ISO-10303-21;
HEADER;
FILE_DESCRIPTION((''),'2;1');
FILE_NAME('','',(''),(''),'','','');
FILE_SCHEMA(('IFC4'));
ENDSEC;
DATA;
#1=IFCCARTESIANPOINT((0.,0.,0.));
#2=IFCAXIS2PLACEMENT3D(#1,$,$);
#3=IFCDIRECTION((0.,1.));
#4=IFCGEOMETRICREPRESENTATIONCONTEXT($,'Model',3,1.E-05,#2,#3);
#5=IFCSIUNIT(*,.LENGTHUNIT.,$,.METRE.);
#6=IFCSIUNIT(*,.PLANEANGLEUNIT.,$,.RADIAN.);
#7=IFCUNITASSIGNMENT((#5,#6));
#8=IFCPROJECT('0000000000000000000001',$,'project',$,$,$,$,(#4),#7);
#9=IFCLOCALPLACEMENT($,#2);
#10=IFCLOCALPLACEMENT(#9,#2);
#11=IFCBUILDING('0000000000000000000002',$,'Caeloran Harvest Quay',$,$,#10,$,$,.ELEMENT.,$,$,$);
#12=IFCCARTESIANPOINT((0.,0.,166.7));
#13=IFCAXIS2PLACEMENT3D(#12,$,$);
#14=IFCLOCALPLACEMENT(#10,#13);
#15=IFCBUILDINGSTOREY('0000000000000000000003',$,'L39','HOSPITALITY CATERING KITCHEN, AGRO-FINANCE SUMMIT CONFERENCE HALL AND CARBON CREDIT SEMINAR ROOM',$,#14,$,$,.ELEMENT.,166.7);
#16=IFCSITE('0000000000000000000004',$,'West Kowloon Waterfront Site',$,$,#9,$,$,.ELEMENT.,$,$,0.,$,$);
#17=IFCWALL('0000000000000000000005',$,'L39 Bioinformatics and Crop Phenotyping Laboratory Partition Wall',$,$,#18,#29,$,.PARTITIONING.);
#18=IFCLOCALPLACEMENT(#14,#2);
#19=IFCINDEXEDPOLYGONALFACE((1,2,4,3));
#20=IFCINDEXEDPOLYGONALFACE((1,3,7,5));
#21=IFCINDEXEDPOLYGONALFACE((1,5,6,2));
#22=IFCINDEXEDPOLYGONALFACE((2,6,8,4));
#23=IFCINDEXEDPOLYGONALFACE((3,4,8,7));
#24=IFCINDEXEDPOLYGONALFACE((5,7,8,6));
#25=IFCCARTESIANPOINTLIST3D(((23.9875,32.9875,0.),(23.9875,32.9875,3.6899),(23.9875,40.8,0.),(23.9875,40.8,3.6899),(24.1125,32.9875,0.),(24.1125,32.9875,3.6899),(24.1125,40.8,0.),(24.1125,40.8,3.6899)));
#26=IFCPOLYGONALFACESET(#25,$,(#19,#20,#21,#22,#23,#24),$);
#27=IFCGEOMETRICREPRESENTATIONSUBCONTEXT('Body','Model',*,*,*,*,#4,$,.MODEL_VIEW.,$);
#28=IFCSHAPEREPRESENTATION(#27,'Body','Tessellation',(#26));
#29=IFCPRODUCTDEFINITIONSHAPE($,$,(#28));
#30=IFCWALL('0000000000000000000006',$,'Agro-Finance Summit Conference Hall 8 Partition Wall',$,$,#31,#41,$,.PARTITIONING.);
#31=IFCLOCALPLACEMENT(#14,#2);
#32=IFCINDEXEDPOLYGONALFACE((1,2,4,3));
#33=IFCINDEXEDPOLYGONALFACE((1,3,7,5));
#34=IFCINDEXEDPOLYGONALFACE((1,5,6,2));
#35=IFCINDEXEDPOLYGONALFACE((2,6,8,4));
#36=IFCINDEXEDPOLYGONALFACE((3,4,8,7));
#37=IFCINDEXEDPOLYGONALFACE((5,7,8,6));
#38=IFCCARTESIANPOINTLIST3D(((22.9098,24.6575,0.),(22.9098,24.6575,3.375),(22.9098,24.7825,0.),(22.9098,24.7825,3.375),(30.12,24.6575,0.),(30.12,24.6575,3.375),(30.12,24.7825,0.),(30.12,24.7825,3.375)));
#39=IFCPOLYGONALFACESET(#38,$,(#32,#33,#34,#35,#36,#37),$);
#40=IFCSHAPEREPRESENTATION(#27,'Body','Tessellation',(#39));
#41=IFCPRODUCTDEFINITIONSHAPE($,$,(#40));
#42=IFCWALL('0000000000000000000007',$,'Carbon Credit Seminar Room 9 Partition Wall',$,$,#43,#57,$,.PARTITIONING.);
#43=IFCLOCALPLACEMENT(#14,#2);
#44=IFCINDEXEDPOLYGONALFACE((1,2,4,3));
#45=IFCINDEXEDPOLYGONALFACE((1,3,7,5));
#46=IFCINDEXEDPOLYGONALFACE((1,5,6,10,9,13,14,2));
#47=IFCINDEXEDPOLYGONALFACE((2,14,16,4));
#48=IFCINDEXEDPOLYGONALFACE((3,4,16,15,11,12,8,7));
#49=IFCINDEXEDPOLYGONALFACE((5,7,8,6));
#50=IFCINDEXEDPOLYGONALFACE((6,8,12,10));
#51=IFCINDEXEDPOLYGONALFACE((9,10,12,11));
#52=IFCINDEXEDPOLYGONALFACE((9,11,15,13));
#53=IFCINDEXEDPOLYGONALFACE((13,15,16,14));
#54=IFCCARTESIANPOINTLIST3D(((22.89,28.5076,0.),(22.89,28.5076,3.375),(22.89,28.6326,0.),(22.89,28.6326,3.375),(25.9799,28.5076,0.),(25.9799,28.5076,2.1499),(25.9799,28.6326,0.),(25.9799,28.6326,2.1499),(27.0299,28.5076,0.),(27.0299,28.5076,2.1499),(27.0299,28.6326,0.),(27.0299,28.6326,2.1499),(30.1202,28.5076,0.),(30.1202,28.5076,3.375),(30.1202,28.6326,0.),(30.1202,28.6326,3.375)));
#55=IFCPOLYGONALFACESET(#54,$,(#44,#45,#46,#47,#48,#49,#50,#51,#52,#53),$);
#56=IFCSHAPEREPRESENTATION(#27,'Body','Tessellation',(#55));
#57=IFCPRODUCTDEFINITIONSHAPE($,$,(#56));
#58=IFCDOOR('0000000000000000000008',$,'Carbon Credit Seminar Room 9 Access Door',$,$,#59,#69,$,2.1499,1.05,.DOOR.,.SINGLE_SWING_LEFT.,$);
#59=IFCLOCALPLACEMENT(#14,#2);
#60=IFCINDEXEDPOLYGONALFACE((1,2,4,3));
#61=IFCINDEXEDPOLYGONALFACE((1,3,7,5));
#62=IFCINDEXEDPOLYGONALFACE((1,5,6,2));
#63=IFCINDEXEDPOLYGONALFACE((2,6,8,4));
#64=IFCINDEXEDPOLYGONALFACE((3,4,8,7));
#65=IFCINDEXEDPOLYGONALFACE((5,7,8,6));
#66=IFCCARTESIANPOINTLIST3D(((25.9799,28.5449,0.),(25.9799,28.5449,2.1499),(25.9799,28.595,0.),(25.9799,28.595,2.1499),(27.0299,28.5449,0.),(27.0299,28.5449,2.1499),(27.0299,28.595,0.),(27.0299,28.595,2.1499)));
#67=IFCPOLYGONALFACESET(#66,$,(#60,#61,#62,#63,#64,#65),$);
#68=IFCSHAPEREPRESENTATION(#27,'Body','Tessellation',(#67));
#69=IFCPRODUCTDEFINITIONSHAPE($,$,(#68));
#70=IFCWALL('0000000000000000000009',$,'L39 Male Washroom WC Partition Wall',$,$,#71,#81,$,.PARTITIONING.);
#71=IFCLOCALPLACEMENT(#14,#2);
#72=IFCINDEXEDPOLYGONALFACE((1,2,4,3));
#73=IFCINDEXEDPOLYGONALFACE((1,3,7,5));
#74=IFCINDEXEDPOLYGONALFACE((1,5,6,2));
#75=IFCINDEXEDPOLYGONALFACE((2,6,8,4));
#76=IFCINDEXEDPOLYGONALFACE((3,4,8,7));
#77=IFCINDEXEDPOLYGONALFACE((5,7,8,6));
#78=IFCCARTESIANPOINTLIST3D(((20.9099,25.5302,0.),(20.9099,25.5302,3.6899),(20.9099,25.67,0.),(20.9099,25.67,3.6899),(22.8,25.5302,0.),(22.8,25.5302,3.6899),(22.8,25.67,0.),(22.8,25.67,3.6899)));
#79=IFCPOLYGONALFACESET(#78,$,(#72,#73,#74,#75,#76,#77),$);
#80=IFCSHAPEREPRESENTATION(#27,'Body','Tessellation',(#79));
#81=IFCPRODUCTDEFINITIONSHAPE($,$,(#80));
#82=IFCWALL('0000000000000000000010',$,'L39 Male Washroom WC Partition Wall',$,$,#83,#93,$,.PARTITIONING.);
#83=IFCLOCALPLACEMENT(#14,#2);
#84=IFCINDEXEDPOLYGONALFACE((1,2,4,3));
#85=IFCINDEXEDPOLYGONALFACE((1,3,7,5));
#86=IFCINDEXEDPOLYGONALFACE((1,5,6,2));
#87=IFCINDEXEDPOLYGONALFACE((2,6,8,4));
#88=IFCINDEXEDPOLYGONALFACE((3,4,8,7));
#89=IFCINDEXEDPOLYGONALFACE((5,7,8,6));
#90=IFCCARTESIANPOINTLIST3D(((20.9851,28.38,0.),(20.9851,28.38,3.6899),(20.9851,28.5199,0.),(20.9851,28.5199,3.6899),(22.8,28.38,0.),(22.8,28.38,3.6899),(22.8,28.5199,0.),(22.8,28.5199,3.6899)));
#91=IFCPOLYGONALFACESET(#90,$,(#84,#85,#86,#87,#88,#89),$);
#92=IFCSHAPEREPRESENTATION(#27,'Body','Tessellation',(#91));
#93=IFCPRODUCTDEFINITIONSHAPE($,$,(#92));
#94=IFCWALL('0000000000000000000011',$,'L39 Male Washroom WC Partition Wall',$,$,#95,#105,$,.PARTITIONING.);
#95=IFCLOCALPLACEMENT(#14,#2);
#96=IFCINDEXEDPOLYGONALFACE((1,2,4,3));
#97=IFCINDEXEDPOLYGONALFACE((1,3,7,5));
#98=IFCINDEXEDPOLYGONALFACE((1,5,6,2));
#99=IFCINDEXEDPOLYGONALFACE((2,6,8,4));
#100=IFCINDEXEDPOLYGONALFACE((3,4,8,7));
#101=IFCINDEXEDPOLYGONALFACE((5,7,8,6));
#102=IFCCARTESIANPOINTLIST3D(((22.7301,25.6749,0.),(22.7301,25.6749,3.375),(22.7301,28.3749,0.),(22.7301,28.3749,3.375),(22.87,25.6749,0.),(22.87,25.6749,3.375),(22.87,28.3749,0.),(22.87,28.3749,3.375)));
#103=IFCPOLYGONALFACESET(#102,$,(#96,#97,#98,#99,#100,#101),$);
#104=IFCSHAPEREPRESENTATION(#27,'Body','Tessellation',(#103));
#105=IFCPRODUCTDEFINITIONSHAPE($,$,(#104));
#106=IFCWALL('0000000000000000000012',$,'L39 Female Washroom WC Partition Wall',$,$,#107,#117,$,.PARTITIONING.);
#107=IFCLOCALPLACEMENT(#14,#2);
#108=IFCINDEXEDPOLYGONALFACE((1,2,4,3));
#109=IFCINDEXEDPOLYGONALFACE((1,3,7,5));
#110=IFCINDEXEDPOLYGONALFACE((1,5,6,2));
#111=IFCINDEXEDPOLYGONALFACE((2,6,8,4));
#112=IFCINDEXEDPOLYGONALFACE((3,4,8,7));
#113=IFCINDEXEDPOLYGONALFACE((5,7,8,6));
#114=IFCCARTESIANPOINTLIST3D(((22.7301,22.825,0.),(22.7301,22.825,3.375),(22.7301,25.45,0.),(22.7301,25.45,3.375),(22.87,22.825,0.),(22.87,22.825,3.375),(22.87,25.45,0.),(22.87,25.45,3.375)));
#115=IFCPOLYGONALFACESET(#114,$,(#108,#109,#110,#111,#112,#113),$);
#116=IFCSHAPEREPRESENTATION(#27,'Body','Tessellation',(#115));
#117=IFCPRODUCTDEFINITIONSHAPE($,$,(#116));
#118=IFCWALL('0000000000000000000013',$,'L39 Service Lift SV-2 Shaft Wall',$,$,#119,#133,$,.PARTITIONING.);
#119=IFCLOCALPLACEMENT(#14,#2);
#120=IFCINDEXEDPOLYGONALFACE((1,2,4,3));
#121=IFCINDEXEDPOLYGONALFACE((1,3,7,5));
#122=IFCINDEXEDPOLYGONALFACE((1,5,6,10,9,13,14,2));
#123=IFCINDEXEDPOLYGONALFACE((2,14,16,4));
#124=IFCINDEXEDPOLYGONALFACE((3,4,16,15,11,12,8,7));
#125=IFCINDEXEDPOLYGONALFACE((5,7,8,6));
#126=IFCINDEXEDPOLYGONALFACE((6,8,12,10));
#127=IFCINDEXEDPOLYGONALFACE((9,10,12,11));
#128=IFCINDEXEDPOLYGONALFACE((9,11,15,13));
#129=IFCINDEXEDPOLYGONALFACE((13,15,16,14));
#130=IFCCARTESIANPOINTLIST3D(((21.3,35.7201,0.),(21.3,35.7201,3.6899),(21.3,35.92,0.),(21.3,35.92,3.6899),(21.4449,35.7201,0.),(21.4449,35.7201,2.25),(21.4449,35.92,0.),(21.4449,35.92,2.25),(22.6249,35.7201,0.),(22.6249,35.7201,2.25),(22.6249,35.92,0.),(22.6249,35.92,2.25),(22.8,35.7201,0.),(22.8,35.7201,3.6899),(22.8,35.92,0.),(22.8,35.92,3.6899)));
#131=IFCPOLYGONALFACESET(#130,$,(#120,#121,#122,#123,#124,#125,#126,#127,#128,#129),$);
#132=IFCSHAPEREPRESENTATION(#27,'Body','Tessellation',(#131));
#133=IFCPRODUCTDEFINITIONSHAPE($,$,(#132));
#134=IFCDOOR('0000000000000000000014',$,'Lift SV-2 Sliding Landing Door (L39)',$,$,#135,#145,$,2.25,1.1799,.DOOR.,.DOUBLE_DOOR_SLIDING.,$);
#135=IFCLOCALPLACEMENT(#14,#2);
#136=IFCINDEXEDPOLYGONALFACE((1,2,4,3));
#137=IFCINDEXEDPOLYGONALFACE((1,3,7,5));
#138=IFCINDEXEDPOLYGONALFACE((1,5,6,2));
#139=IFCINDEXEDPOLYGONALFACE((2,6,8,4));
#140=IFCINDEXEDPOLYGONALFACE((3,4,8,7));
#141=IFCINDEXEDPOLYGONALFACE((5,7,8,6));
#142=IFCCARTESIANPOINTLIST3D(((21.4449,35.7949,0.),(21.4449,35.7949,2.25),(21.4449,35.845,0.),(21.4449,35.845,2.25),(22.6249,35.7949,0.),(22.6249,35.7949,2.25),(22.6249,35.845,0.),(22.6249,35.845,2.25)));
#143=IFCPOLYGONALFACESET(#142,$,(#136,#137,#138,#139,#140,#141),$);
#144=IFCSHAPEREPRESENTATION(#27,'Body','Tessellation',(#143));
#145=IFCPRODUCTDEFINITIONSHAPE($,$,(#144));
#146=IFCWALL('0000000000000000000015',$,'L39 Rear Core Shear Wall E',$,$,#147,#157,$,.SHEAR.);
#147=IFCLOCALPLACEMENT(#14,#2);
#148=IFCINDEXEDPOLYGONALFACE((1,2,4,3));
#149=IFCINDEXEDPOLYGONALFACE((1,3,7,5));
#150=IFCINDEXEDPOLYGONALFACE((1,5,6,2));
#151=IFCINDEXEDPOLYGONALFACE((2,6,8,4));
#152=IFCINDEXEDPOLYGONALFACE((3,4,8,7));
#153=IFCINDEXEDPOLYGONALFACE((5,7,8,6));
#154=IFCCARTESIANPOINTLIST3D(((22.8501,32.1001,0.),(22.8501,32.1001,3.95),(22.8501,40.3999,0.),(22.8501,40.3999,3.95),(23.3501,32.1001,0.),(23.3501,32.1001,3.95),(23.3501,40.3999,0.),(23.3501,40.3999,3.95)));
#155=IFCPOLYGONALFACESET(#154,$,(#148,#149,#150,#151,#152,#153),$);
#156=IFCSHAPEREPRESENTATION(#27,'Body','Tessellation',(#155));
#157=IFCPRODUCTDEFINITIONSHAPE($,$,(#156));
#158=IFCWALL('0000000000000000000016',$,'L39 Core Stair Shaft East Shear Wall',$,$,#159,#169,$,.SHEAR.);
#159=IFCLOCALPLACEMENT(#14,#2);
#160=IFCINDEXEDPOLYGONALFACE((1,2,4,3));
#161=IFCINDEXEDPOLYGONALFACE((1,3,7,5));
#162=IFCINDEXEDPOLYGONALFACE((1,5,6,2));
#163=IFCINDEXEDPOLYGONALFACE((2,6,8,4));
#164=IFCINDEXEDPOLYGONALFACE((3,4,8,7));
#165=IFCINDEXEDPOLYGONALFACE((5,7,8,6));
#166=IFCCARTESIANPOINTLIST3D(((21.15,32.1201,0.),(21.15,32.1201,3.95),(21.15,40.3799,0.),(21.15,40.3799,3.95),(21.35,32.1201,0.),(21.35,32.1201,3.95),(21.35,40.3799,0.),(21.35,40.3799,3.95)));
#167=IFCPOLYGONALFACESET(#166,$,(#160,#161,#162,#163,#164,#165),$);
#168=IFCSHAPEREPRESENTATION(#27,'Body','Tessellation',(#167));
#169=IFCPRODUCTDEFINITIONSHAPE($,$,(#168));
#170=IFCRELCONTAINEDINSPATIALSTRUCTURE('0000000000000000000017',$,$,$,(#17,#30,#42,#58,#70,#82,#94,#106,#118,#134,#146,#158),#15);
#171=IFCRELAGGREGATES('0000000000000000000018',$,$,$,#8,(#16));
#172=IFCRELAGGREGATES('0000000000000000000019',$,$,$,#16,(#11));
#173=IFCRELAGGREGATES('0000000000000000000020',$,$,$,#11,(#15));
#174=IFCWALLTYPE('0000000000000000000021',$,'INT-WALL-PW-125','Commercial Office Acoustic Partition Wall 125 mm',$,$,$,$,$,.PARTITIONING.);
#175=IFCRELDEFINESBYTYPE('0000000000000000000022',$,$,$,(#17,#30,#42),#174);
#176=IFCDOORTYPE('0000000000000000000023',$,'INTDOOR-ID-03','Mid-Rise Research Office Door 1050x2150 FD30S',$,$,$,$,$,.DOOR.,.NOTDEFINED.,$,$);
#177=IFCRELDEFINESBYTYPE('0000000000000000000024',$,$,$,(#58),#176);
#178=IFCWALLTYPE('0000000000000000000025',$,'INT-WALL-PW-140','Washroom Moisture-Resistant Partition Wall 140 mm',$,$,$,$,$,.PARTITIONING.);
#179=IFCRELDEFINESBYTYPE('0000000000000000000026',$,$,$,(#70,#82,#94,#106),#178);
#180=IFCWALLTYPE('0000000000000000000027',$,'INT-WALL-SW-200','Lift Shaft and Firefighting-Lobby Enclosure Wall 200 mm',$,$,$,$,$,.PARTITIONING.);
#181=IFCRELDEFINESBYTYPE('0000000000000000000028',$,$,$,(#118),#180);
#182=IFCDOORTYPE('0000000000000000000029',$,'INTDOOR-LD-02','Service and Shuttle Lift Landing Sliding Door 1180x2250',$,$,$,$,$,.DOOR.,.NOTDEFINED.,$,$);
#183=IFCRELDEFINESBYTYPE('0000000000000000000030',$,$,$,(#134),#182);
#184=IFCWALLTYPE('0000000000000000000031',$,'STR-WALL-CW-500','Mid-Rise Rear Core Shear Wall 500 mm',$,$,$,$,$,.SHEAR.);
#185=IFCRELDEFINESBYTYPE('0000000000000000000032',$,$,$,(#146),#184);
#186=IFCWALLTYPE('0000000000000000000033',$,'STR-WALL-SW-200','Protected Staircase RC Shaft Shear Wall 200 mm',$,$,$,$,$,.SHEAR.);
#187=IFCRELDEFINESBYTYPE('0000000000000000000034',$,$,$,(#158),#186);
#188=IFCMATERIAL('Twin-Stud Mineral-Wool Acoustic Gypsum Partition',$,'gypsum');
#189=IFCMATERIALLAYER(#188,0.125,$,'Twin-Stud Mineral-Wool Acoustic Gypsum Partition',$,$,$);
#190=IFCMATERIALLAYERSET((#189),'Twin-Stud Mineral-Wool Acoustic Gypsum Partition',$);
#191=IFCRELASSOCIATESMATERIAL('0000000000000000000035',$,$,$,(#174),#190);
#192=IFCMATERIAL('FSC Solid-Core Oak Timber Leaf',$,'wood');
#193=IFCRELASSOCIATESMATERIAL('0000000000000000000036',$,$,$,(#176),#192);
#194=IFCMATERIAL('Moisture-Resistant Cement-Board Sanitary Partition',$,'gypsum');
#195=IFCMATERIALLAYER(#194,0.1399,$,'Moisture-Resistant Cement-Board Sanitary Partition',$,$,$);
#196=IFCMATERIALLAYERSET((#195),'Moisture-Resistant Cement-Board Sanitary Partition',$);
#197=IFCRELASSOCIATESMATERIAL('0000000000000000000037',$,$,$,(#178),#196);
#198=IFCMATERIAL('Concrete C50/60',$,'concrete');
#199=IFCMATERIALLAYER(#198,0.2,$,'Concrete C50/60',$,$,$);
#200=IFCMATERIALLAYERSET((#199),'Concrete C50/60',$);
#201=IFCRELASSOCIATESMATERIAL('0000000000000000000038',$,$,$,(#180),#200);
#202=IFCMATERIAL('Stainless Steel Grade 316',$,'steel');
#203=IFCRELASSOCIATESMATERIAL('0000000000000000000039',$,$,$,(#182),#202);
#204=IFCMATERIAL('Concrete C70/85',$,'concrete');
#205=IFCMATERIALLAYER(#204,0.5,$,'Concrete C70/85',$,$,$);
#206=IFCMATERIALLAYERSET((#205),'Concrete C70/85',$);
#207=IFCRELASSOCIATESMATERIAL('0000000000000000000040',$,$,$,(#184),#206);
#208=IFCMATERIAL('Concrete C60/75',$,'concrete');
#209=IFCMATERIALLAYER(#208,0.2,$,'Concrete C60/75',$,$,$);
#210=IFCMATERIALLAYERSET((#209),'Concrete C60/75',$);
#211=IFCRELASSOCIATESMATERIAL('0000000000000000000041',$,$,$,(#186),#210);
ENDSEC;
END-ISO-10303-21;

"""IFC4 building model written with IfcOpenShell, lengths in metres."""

from ifc_helpers import new_model, si_unit, direction, frame, frame_2d, origin, place, context, subcontext, project, spatial, rectangle, extrude, material, layer, layer_set, type_object, element, fill, save


model = new_model("IFC4")

# Units and contexts
model_context = context("Model", 3, precision=1e-05, world=origin(), true_north=direction((0.0, 1.0)))
body_context = subcontext(model_context, "Body", "Model", "MODEL_VIEW")
ifc_project = project(units=[si_unit("LENGTHUNIT", "METRE"), si_unit("PLANEANGLEUNIT", "RADIAN")], contexts=[model_context])

# Site, building, storey
site_placement = place(None, origin())
site = spatial("IfcSite", under=ifc_project, at=site_placement, Name="West Kowloon Waterfront Site", CompositionType="ELEMENT", RefElevation=0.0)
building_placement = place(site_placement, origin())
building = spatial("IfcBuilding", under=site, at=building_placement, Name="Caeloran Harvest Quay", CompositionType="ELEMENT")
storey_placement = place(building_placement, frame((0.0, 0.0, 166.7)))
storey = spatial("IfcBuildingStorey", under=building, at=storey_placement, Name="L39", Description="HOSPITALITY CATERING KITCHEN, AGRO-FINANCE SUMMIT CONFERENCE HALL AND CARBON CREDIT SEMINAR ROOM", CompositionType="ELEMENT", Elevation=166.7)

# Walls
ifc_material_1 = material(Name="Twin-Stud Mineral-Wool Acoustic Gypsum Partition", Category="gypsum")
ifc_layer_1 = layer(ifc_material_1, 0.125, Name="Twin-Stud Mineral-Wool Acoustic Gypsum Partition")
ifc_layer_set_1 = layer_set([ifc_layer_1], Name="Twin-Stud Mineral-Wool Acoustic Gypsum Partition")
wall_type_1 = type_object("IfcWallType", Name="INT-WALL-PW-125", Description="Commercial Office Acoustic Partition Wall 125 mm", PredefinedType="PARTITIONING", material=ifc_layer_set_1)
wall_1_placement = place(storey_placement, frame((24.05, 32.9875, 0.0), z_axis=(0.0, 0.0, 1.0), x_axis=(0.0, 1.0, 0.0)))
element("IfcWall", 1, at=wall_1_placement, inside=storey, type_object=wall_type_1, Name="L39 Bioinformatics and Crop Phenotyping Laboratory Partition Wall", PredefinedType="PARTITIONING", context=body_context, shape_type="SweptSolid", body=[
    extrude(rectangle(XDim=7.8125, YDim=0.125, at=frame_2d((3.9062, 0.0))), origin(), (0.0, 0.0, 1.0), 3.6899),
])
wall_2_placement = place(storey_placement, frame((22.9099, 24.72, 0.0), z_axis=(0.0, 0.0, 1.0), x_axis=(1.0, 0.0, 0.0)))
element("IfcWall", 2, at=wall_2_placement, inside=storey, type_object=wall_type_1, Name="Agro-Finance Summit Conference Hall 8 Partition Wall", PredefinedType="PARTITIONING", context=body_context, shape_type="SweptSolid", body=[
    extrude(rectangle(XDim=7.2102, YDim=0.125, at=frame_2d((3.605, 0.0))), origin(), (0.0, 0.0, 1.0), 3.375),
])

# Wall, opening, door
wall_3_placement = place(storey_placement, frame((22.8899, 28.5701, 0.0), z_axis=(0.0, 0.0, 1.0), x_axis=(1.0, 0.0, 0.0)))
wall_3 = element("IfcWall", 3, at=wall_3_placement, inside=storey, type_object=wall_type_1, Name="Carbon Credit Seminar Room 9 Partition Wall", PredefinedType="PARTITIONING", context=body_context, shape_type="SweptSolid", body=[
    extrude(rectangle(XDim=7.2302, YDim=0.125, at=frame_2d((3.6152, 0.0))), origin(), (0.0, 0.0, 1.0), 3.375),
])
opening_1_placement = place(wall_3_placement, frame((3.0901, 0.0, 0.0)))
opening_1 = element("IfcOpeningElement", 4, at=opening_1_placement, cuts=wall_3, PredefinedType="OPENING", context=body_context, shape_type="SweptSolid", body=[
    extrude(rectangle(XDim=1.05, YDim=2.1499, at=frame_2d((0.5249, 1.075))), frame((0.0, 0.0725, 0.0), z_axis=(0.0, -1.0, 0.0), x_axis=(1.0, 0.0, 0.0)), (0.0, 0.0, 1.0), 0.145),
])
ifc_material_2 = material(Name="FSC Solid-Core Oak Timber Leaf", Category="wood")
door_type_1 = type_object("IfcDoorType", Name="INTDOOR-ID-03", Description="Mid-Rise Research Office Door 1050x2150 FD30S", OperationType="NOTDEFINED", PredefinedType="DOOR", material=ifc_material_2)
door_1_placement = place(opening_1_placement, origin())
door_1 = element("IfcDoor", 5, at=door_1_placement, inside=storey, type_object=door_type_1, Name="Carbon Credit Seminar Room 9 Access Door", OperationType="SINGLE_SWING_LEFT", OverallHeight=2.1499, OverallWidth=1.05, PredefinedType="DOOR", context=body_context, shape_type="SweptSolid", body=[
    extrude(rectangle(XDim=1.05, YDim=2.1499, at=frame_2d((0.5249, 1.075))), frame((0.0, 0.0249, 0.0), z_axis=(0.0, -1.0, 0.0), x_axis=(1.0, 0.0, 0.0)), (0.0, 0.0, 1.0), 0.05),
])
fill(opening_1, door_1)

# Wall
ifc_material_3 = material(Name="Moisture-Resistant Cement-Board Sanitary Partition", Category="gypsum")
ifc_layer_2 = layer(ifc_material_3, 0.1399, Name="Moisture-Resistant Cement-Board Sanitary Partition")
ifc_layer_set_2 = layer_set([ifc_layer_2], Name="Moisture-Resistant Cement-Board Sanitary Partition")
wall_type_2 = type_object("IfcWallType", Name="INT-WALL-PW-140", Description="Washroom Moisture-Resistant Partition Wall 140 mm", PredefinedType="PARTITIONING", material=ifc_layer_set_2)
wall_4_placement = place(storey_placement, frame((22.8, 25.6001, 0.0), z_axis=(0.0, 0.0, 1.0), x_axis=(-1.0, 0.0, 0.0)))
element("IfcWall", 6, at=wall_4_placement, inside=storey, type_object=wall_type_2, Name="L39 Male Washroom WC Partition Wall", PredefinedType="PARTITIONING", context=body_context, shape_type="SweptSolid", body=[
    extrude(rectangle(XDim=1.8901, YDim=0.1399, at=frame_2d((0.9451, 0.0))), origin(), (0.0, 0.0, 1.0), 3.6899),
])

# Walls
wall_5_placement = place(storey_placement, frame((20.9851, 28.45, 0.0), z_axis=(0.0, 0.0, 1.0), x_axis=(1.0, 0.0, 0.0)))
element("IfcWall", 7, at=wall_5_placement, inside=storey, type_object=wall_type_2, Name="L39 Male Washroom WC Partition Wall", PredefinedType="PARTITIONING", context=body_context, shape_type="SweptSolid", body=[
    extrude(rectangle(XDim=1.8149, YDim=0.1399, at=frame_2d((0.9075, 0.0))), origin(), (0.0, 0.0, 1.0), 3.6899),
])
wall_6_placement = place(storey_placement, frame((22.8, 28.375, 0.0), z_axis=(0.0, 0.0, 1.0), x_axis=(0.0, -1.0, 0.0)))
element("IfcWall", 8, at=wall_6_placement, inside=storey, type_object=wall_type_2, Name="L39 Male Washroom WC Partition Wall", PredefinedType="PARTITIONING", context=body_context, shape_type="SweptSolid", body=[
    extrude(rectangle(XDim=2.7, YDim=0.1399, at=frame_2d((1.3501, 0.0))), origin(), (0.0, 0.0, 1.0), 3.375),
])
wall_7_placement = place(storey_placement, frame((22.8, 25.45, 0.0), z_axis=(0.0, 0.0, 1.0), x_axis=(0.0, -1.0, 0.0)))
element("IfcWall", 9, at=wall_7_placement, inside=storey, type_object=wall_type_2, Name="L39 Female Washroom WC Partition Wall", PredefinedType="PARTITIONING", context=body_context, shape_type="SweptSolid", body=[
    extrude(rectangle(XDim=2.625, YDim=0.1399, at=frame_2d((1.3125, 0.0))), origin(), (0.0, 0.0, 1.0), 3.375),
])

# Wall, opening, door
ifc_material_4 = material(Name="Concrete C50/60", Category="concrete")
ifc_layer_3 = layer(ifc_material_4, 0.2, Name="Concrete C50/60")
ifc_layer_set_3 = layer_set([ifc_layer_3], Name="Concrete C50/60")
wall_type_3 = type_object("IfcWallType", Name="INT-WALL-SW-200", Description="Lift Shaft and Firefighting-Lobby Enclosure Wall 200 mm", PredefinedType="PARTITIONING", material=ifc_layer_set_3)
wall_8_placement = place(storey_placement, frame((21.3, 35.8201, 0.0), z_axis=(0.0, 0.0, 1.0), x_axis=(1.0, 0.0, 0.0)))
wall_8 = element("IfcWall", 10, at=wall_8_placement, inside=storey, type_object=wall_type_3, Name="L39 Service Lift SV-2 Shaft Wall", PredefinedType="PARTITIONING", context=body_context, shape_type="SweptSolid", body=[
    extrude(rectangle(XDim=1.5, YDim=0.2, at=frame_2d((0.75, 0.0))), origin(), (0.0, 0.0, 1.0), 3.6899),
])
opening_2_placement = place(wall_8_placement, frame((0.145, 0.0, 0.0)))
opening_2 = element("IfcOpeningElement", 11, at=opening_2_placement, cuts=wall_8, PredefinedType="OPENING", context=body_context, shape_type="SweptSolid", body=[
    extrude(rectangle(XDim=1.1799, YDim=2.25, at=frame_2d((0.5898, 1.125))), frame((0.0, 0.1099, 0.0), z_axis=(0.0, -1.0, 0.0), x_axis=(1.0, 0.0, 0.0)), (0.0, 0.0, 1.0), 0.22),
])
ifc_material_5 = material(Name="Stainless Steel Grade 316", Category="steel")
door_type_2 = type_object("IfcDoorType", Name="INTDOOR-LD-02", Description="Service and Shuttle Lift Landing Sliding Door 1180x2250", OperationType="NOTDEFINED", PredefinedType="DOOR", material=ifc_material_5)
door_2_placement = place(opening_2_placement, origin())
door_2 = element("IfcDoor", 12, at=door_2_placement, inside=storey, type_object=door_type_2, Name="Lift SV-2 Sliding Landing Door (L39)", OperationType="DOUBLE_DOOR_SLIDING", OverallHeight=2.25, OverallWidth=1.1799, PredefinedType="DOOR", context=body_context, shape_type="SweptSolid", body=[
    extrude(rectangle(XDim=1.1799, YDim=2.25, at=frame_2d((0.5898, 1.125))), frame((0.0, 0.0249, 0.0), z_axis=(0.0, -1.0, 0.0), x_axis=(1.0, 0.0, 0.0)), (0.0, 0.0, 1.0), 0.05),
])
fill(opening_2, door_2)

# Walls
ifc_material_6 = material(Name="Concrete C70/85", Category="concrete")
ifc_layer_4 = layer(ifc_material_6, 0.5, Name="Concrete C70/85")
ifc_layer_set_4 = layer_set([ifc_layer_4], Name="Concrete C70/85")
wall_type_4 = type_object("IfcWallType", Name="STR-WALL-CW-500", Description="Mid-Rise Rear Core Shear Wall 500 mm", PredefinedType="SHEAR", material=ifc_layer_set_4)
wall_9_placement = place(storey_placement, frame((23.1001, 32.1001, 0.0), z_axis=(0.0, 0.0, 1.0), x_axis=(0.0, 1.0, 0.0)))
element("IfcWall", 13, at=wall_9_placement, inside=storey, type_object=wall_type_4, Name="L39 Rear Core Shear Wall E", PredefinedType="SHEAR", context=body_context, shape_type="SweptSolid", body=[
    extrude(rectangle(XDim=8.2998, YDim=0.5, at=frame_2d((4.1499, 0.0))), origin(), (0.0, 0.0, 1.0), 3.95),
])
ifc_material_7 = material(Name="Concrete C60/75", Category="concrete")
ifc_layer_5 = layer(ifc_material_7, 0.2, Name="Concrete C60/75")
ifc_layer_set_5 = layer_set([ifc_layer_5], Name="Concrete C60/75")
wall_type_5 = type_object("IfcWallType", Name="STR-WALL-SW-200", Description="Protected Staircase RC Shaft Shear Wall 200 mm", PredefinedType="SHEAR", material=ifc_layer_set_5)
wall_10_placement = place(storey_placement, frame((21.25, 32.1201, 0.0), z_axis=(0.0, 0.0, 1.0), x_axis=(0.0, 1.0, 0.0)))
element("IfcWall", 14, at=wall_10_placement, inside=storey, type_object=wall_type_5, Name="L39 Core Stair Shaft East Shear Wall", PredefinedType="SHEAR", context=body_context, shape_type="SweptSolid", body=[
    extrude(rectangle(XDim=8.2598, YDim=0.2, at=frame_2d((4.1299, 0.0))), origin(), (0.0, 0.0, 1.0), 3.95),
])

save(model, "model.ifc")
